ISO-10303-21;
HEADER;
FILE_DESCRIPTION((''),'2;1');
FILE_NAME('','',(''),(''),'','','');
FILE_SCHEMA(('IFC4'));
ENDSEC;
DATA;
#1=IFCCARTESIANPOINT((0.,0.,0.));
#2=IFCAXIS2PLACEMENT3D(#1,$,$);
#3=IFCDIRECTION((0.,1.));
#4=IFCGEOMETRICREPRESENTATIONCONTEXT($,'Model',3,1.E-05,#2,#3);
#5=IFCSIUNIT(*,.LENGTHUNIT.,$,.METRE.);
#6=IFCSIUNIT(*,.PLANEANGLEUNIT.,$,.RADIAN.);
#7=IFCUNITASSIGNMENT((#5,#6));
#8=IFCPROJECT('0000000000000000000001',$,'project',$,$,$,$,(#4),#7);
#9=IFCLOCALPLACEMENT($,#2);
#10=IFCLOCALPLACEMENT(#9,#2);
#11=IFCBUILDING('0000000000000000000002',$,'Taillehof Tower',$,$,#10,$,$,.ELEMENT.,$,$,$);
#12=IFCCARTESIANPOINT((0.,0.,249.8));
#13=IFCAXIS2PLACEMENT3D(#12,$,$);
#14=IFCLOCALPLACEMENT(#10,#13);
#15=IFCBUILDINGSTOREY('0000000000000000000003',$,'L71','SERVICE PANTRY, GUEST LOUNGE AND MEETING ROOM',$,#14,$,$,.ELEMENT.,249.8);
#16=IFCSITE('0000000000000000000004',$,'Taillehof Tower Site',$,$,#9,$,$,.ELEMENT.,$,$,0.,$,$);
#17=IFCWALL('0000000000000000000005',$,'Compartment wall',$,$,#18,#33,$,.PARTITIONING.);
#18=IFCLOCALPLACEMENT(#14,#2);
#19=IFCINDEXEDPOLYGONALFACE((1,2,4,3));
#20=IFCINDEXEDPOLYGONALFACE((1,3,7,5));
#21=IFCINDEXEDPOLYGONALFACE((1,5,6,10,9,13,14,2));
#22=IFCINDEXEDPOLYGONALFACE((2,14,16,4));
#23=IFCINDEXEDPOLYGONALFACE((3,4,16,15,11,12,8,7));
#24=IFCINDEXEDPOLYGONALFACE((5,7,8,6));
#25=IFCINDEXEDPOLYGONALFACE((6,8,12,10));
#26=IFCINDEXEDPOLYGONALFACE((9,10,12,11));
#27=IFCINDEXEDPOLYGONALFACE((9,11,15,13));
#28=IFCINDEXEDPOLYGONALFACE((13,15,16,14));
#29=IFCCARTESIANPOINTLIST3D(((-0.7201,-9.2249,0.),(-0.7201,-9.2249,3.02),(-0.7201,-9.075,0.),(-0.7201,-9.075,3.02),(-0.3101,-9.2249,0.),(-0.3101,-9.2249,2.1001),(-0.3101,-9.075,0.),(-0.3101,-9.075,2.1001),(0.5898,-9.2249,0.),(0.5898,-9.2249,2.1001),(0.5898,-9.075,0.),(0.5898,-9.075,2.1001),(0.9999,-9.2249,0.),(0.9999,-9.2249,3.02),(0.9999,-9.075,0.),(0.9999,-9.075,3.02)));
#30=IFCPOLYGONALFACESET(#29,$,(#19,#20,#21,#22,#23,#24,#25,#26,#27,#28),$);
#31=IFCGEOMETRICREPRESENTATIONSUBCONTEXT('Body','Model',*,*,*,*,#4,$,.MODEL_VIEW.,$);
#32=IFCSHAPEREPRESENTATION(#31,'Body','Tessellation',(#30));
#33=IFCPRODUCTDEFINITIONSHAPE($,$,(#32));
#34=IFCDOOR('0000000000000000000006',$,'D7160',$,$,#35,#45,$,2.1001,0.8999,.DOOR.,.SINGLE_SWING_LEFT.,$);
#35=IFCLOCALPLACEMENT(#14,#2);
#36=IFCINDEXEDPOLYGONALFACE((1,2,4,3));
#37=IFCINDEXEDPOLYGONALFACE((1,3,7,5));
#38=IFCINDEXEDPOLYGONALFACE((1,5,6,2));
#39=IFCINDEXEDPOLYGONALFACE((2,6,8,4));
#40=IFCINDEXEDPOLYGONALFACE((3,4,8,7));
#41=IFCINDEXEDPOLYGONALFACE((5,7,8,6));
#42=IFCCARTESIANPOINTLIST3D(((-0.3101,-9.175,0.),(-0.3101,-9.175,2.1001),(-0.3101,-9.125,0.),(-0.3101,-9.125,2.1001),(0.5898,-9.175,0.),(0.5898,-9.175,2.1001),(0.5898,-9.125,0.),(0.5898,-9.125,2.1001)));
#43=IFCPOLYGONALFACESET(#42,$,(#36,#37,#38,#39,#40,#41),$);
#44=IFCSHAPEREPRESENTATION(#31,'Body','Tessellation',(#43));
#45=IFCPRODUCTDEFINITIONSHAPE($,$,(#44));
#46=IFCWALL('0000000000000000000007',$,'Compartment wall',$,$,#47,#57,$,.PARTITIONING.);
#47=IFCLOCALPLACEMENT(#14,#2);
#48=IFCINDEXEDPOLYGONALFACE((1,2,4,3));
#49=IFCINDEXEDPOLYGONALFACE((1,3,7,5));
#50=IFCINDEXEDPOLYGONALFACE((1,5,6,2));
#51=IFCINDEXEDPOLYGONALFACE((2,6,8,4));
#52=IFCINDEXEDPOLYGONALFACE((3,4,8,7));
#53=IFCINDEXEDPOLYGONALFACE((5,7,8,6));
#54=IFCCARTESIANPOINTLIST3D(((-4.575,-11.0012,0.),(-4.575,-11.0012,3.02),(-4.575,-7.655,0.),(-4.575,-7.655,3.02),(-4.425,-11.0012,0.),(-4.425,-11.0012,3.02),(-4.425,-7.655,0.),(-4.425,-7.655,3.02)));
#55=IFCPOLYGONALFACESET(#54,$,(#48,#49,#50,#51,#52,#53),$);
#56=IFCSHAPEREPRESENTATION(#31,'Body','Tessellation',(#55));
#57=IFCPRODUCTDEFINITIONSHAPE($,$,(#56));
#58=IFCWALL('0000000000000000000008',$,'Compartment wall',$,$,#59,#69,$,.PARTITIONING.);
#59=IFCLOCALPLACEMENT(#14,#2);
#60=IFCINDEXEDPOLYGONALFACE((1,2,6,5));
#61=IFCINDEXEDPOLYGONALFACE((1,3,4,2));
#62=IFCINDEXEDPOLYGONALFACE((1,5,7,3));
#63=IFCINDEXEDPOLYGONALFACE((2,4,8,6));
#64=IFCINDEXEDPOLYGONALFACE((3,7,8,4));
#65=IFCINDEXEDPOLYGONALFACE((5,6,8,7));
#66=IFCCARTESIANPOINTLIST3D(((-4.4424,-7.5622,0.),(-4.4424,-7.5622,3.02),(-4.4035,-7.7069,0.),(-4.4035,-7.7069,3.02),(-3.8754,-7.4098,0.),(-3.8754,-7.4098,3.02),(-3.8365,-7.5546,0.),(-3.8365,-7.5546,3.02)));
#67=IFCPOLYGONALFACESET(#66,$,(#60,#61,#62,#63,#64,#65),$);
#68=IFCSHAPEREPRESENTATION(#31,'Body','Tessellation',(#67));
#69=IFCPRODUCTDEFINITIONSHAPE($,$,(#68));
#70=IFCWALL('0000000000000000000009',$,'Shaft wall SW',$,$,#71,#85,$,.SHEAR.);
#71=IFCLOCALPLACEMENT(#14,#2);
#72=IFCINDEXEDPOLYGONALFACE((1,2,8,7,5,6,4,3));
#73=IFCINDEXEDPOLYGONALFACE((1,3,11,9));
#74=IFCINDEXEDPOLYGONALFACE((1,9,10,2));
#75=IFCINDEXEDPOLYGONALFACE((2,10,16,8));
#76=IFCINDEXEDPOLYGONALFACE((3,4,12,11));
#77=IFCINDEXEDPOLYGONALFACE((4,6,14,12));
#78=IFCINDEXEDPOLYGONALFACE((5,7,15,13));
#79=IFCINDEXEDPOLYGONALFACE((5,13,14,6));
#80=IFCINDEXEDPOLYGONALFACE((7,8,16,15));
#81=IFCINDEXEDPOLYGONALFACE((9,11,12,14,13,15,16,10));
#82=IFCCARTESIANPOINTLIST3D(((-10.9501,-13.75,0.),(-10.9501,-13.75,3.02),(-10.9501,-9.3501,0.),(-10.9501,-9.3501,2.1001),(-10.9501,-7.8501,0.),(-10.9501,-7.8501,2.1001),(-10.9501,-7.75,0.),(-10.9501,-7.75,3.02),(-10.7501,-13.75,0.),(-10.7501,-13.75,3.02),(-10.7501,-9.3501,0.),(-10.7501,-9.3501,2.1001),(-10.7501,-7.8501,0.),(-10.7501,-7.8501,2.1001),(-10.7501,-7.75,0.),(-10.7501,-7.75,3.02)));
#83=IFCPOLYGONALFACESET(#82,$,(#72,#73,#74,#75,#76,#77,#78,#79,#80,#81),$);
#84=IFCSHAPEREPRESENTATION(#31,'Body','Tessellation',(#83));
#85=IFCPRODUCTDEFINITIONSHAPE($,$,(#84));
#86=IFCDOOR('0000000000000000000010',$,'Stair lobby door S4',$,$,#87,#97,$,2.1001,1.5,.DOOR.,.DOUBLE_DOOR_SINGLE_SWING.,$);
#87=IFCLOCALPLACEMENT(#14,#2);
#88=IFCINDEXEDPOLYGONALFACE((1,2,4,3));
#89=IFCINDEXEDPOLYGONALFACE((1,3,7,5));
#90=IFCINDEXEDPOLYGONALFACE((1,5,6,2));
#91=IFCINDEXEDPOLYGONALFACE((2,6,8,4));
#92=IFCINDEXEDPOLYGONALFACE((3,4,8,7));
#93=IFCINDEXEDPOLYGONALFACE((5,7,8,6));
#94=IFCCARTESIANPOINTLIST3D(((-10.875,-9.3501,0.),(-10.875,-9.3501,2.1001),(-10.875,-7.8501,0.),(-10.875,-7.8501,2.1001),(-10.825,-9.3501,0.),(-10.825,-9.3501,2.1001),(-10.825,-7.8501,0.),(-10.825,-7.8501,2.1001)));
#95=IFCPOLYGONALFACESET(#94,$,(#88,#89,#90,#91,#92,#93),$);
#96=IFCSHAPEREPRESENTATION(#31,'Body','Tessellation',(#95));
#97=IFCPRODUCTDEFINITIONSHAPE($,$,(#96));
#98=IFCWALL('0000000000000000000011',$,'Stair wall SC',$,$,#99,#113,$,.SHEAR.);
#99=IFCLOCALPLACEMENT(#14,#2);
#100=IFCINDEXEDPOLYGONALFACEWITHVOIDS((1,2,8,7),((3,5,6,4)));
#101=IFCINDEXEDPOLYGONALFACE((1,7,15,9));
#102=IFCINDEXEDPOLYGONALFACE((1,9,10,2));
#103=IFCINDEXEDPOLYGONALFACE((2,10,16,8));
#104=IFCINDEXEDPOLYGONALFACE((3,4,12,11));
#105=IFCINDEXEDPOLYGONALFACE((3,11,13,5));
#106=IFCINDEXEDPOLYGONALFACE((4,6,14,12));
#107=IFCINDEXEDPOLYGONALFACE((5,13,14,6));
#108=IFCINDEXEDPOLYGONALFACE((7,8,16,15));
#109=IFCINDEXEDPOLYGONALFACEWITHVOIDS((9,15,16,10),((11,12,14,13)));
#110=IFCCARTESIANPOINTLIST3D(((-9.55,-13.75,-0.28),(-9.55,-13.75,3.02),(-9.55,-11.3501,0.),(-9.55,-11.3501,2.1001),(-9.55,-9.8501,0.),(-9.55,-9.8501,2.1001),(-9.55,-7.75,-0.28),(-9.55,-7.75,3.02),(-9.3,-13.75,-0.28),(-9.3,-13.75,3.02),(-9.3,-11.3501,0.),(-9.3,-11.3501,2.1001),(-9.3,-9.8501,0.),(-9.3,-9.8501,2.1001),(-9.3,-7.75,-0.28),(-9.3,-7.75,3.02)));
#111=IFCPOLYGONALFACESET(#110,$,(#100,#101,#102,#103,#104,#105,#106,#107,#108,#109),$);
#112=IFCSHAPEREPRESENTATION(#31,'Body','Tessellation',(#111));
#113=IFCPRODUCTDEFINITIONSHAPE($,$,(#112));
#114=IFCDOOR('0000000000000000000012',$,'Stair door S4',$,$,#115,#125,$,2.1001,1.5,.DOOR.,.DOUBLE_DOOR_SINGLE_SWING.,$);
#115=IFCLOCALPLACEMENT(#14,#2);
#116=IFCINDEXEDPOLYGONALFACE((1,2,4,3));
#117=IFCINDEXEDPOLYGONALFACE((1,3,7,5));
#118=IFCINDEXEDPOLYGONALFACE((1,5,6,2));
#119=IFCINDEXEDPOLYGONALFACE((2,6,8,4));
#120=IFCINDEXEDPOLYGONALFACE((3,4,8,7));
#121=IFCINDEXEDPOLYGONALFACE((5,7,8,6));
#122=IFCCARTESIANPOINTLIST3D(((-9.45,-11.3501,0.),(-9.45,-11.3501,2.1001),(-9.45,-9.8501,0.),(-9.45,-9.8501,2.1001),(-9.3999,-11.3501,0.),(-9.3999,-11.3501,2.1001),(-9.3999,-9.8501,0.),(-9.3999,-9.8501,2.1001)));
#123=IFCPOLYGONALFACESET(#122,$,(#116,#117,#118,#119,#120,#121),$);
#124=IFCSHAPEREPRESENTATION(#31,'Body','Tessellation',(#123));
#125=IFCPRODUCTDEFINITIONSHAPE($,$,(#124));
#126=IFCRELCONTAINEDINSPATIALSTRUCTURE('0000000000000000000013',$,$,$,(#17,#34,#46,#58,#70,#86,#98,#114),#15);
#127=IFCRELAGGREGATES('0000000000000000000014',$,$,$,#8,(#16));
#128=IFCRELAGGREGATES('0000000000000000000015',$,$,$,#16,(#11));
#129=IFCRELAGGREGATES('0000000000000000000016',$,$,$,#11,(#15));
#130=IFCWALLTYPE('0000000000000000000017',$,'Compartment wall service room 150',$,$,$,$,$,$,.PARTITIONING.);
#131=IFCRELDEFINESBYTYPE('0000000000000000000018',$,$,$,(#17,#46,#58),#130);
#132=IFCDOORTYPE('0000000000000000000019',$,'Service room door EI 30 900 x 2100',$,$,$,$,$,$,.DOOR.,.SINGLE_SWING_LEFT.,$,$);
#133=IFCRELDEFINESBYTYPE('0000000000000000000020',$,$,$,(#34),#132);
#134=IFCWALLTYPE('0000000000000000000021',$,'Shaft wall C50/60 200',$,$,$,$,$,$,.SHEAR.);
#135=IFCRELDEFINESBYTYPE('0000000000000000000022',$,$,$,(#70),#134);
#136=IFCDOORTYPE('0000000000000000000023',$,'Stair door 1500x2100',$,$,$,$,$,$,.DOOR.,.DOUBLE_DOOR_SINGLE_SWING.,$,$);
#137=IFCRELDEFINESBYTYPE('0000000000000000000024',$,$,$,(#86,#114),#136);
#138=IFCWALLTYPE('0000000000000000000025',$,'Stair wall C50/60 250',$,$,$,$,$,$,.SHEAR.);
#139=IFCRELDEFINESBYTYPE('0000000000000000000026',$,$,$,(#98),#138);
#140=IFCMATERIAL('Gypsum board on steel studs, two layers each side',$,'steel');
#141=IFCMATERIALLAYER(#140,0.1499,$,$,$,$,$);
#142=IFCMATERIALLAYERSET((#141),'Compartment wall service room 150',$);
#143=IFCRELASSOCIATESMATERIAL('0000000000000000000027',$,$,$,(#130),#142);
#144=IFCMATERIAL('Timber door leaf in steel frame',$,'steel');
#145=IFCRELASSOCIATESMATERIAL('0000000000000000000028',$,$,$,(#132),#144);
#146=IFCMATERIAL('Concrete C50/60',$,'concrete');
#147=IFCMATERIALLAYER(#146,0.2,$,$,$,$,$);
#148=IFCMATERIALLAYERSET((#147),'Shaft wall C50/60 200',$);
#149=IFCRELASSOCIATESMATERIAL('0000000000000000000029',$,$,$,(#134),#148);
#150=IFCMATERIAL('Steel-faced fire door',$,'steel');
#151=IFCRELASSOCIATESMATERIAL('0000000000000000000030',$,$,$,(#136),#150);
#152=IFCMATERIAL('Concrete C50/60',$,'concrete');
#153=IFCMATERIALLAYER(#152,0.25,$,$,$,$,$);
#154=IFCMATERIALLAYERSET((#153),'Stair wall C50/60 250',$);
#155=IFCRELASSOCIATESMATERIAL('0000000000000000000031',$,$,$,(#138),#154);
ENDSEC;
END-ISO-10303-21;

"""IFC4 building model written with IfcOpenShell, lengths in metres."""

from ifc_helpers import new_model, si_unit, direction, frame, frame_2d, origin, place, context, subcontext, project, spatial, rectangle, extrude, material, layer, layer_set, type_object, element, fill, save


model = new_model("IFC4")

# Units and contexts
model_context = context("Model", 3, precision=1e-05, world=origin(), true_north=direction((0.0, 1.0)))
body_context = subcontext(model_context, "Body", "Model", "MODEL_VIEW")
ifc_project = project(units=[si_unit("LENGTHUNIT", "METRE"), si_unit("PLANEANGLEUNIT", "RADIAN")], contexts=[model_context])

# Site, building, storey
site_placement = place(None, origin())
site = spatial("IfcSite", under=ifc_project, at=site_placement, Name="Taillehof Tower Site", CompositionType="ELEMENT", RefElevation=0.0)
building_placement = place(site_placement, origin())
building = spatial("IfcBuilding", under=site, at=building_placement, Name="Taillehof Tower", CompositionType="ELEMENT")
storey_placement = place(building_placement, frame((0.0, 0.0, 249.8)))
storey = spatial("IfcBuildingStorey", under=building, at=storey_placement, Name="L71", Description="SERVICE PANTRY, GUEST LOUNGE AND MEETING ROOM", CompositionType="ELEMENT", Elevation=249.8)

# Shared definitions
ifc_material_1 = material(Name="Gypsum board on steel studs, two layers each side", Category="steel")
ifc_layer_1 = layer(ifc_material_1, 0.1499)
ifc_layer_set_1 = layer_set([ifc_layer_1], Name="Compartment wall service room 150")
wall_type_1 = type_object("IfcWallType", Name="Compartment wall service room 150", PredefinedType="PARTITIONING", material=ifc_layer_set_1)

# Wall, opening, door
wall_1_placement = place(storey_placement, frame((-0.72, -9.1499, 0.0), z_axis=(0.0, 0.0, 1.0), x_axis=(1.0, 0.0, 0.0)))
wall_1 = element("IfcWall", 1, at=wall_1_placement, inside=storey, type_object=wall_type_1, Name="Compartment wall", PredefinedType="PARTITIONING", context=body_context, shape_type="SweptSolid", body=[
    extrude(rectangle(XDim=1.72, YDim=0.1499, at=frame_2d((0.8599, 0.0))), origin(), (0.0, 0.0, 1.0), 3.02),
])
opening_1_placement = place(wall_1_placement, frame((0.4099, 0.0, 0.0)))
opening_1 = element("IfcOpeningElement", 2, at=opening_1_placement, cuts=wall_1, PredefinedType="OPENING", context=body_context, shape_type="SweptSolid", body=[
    extrude(rectangle(XDim=0.8999, YDim=2.1001, at=frame_2d((0.45, 1.05))), frame((0.0, 0.085, 0.0), z_axis=(0.0, -1.0, 0.0), x_axis=(1.0, 0.0, 0.0)), (0.0, 0.0, 1.0), 0.1699),
])
ifc_material_2 = material(Name="Timber door leaf in steel frame", Category="steel")
door_type_1 = type_object("IfcDoorType", Name="Service room door EI 30 900 x 2100", OperationType="SINGLE_SWING_LEFT", PredefinedType="DOOR", material=ifc_material_2)
door_1_placement = place(opening_1_placement, origin())
door_1 = element("IfcDoor", 3, at=door_1_placement, inside=storey, type_object=door_type_1, Name="D7160", OperationType="SINGLE_SWING_LEFT", OverallHeight=2.1001, OverallWidth=0.8999, PredefinedType="DOOR", context=body_context, shape_type="SweptSolid", body=[
    extrude(rectangle(XDim=0.8999, YDim=2.1001, at=frame_2d((0.45, 1.05))), frame((0.0, 0.0249, 0.0), z_axis=(0.0, -1.0, 0.0), x_axis=(1.0, 0.0, 0.0)), (0.0, 0.0, 1.0), 0.05),
])
fill(opening_1, door_1)

# Walls
wall_2_placement = place(storey_placement, frame((-4.5, -11.0012, 0.0), z_axis=(0.0, 0.0, 1.0), x_axis=(0.0, 1.0, 0.0)))
element("IfcWall", 4, at=wall_2_placement, inside=storey, type_object=wall_type_1, Name="Compartment wall", PredefinedType="PARTITIONING", context=body_context, shape_type="SweptSolid", body=[
    extrude(rectangle(XDim=3.3462, YDim=0.1499, at=frame_2d((1.6731, 0.0))), origin(), (0.0, 0.0, 1.0), 3.02),
])
wall_3_placement = place(storey_placement, frame((-4.4229, -7.6345, 0.0), z_axis=(0.0, 0.0, 1.0), x_axis=(0.965764, 0.259422, 0.0)))
element("IfcWall", 5, at=wall_3_placement, inside=storey, type_object=wall_type_1, Name="Compartment wall", PredefinedType="PARTITIONING", context=body_context, shape_type="SweptSolid", body=[
    extrude(rectangle(XDim=0.5872, YDim=0.1499, at=frame_2d((0.2935, 0.0))), origin(), (0.0, 0.0, 1.0), 3.02),
])

# Walls, openings, doors
ifc_material_3 = material(Name="Concrete C50/60", Category="concrete")
ifc_layer_2 = layer(ifc_material_3, 0.2)
ifc_layer_set_2 = layer_set([ifc_layer_2], Name="Shaft wall C50/60 200")
wall_type_2 = type_object("IfcWallType", Name="Shaft wall C50/60 200", PredefinedType="SHEAR", material=ifc_layer_set_2)
wall_4_placement = place(storey_placement, frame((-10.8501, -13.75, 0.0), z_axis=(0.0, 0.0, 1.0), x_axis=(0.0, 1.0, 0.0)))
wall_4 = element("IfcWall", 6, at=wall_4_placement, inside=storey, type_object=wall_type_2, Name="Shaft wall SW", PredefinedType="SHEAR", context=body_context, shape_type="SweptSolid", body=[
    extrude(rectangle(XDim=6.0, YDim=0.2, at=frame_2d((3.0, 0.0))), origin(), (0.0, 0.0, 1.0), 3.02),
])
opening_2_placement = place(wall_4_placement, frame((4.3999, 0.0, 0.0)))
opening_2 = element("IfcOpeningElement", 7, at=opening_2_placement, cuts=wall_4, PredefinedType="OPENING", context=body_context, shape_type="SweptSolid", body=[
    extrude(rectangle(XDim=1.5, YDim=2.1001, at=frame_2d((0.75, 1.05))), frame((0.0, 0.1099, 0.0), z_axis=(0.0, -1.0, 0.0), x_axis=(1.0, 0.0, 0.0)), (0.0, 0.0, 1.0), 0.22),
])
ifc_material_4 = material(Name="Steel-faced fire door", Category="steel")
door_type_2 = type_object("IfcDoorType", Name="Stair door 1500x2100", OperationType="DOUBLE_DOOR_SINGLE_SWING", PredefinedType="DOOR", material=ifc_material_4)
door_2_placement = place(opening_2_placement, origin())
door_2 = element("IfcDoor", 8, at=door_2_placement, inside=storey, type_object=door_type_2, Name="Stair lobby door S4", OperationType="DOUBLE_DOOR_SINGLE_SWING", OverallHeight=2.1001, OverallWidth=1.5, PredefinedType="DOOR", context=body_context, shape_type="SweptSolid", body=[
    extrude(rectangle(XDim=1.5, YDim=2.1001, at=frame_2d((0.75, 1.05))), frame((0.0, 0.0249, 0.0), z_axis=(0.0, -1.0, 0.0), x_axis=(1.0, 0.0, 0.0)), (0.0, 0.0, 1.0), 0.05),
])
fill(opening_2, door_2)
ifc_material_5 = material(Name="Concrete C50/60", Category="concrete")
ifc_layer_3 = layer(ifc_material_5, 0.25)
ifc_layer_set_3 = layer_set([ifc_layer_3], Name="Stair wall C50/60 250")
wall_type_3 = type_object("IfcWallType", Name="Stair wall C50/60 250", PredefinedType="SHEAR", material=ifc_layer_set_3)
wall_5_placement = place(storey_placement, frame((-9.425, -13.75, -0.28), z_axis=(0.0, 0.0, 1.0), x_axis=(0.0, 1.0, 0.0)))
wall_5 = element("IfcWall", 9, at=wall_5_placement, inside=storey, type_object=wall_type_3, Name="Stair wall SC", PredefinedType="SHEAR", context=body_context, shape_type="SweptSolid", body=[
    extrude(rectangle(XDim=6.0, YDim=0.25, at=frame_2d((3.0, 0.0))), origin(), (0.0, 0.0, 1.0), 3.3),
])
opening_3_placement = place(wall_5_placement, frame((2.3999, 0.0, 0.28)))
opening_3 = element("IfcOpeningElement", 10, at=opening_3_placement, cuts=wall_5, PredefinedType="OPENING", context=body_context, shape_type="SweptSolid", body=[
    extrude(rectangle(XDim=1.5, YDim=2.1001, at=frame_2d((0.75, 1.05))), frame((0.0, 0.135, 0.0), z_axis=(0.0, -1.0, 0.0), x_axis=(1.0, 0.0, 0.0)), (0.0, 0.0, 1.0), 0.27),
])
door_3_placement = place(opening_3_placement, origin())
door_3 = element("IfcDoor", 11, at=door_3_placement, inside=storey, type_object=door_type_2, Name="Stair door S4", OperationType="DOUBLE_DOOR_SINGLE_SWING", OverallHeight=2.1001, OverallWidth=1.5, PredefinedType="DOOR", context=body_context, shape_type="SweptSolid", body=[
    extrude(rectangle(XDim=1.5, YDim=2.1001, at=frame_2d((0.75, 1.05))), frame((0.0, 0.0249, 0.0), z_axis=(0.0, -1.0, 0.0), x_axis=(1.0, 0.0, 0.0)), (0.0, 0.0, 1.0), 0.05),
])
fill(opening_3, door_3)

save(model, "model.ifc")
